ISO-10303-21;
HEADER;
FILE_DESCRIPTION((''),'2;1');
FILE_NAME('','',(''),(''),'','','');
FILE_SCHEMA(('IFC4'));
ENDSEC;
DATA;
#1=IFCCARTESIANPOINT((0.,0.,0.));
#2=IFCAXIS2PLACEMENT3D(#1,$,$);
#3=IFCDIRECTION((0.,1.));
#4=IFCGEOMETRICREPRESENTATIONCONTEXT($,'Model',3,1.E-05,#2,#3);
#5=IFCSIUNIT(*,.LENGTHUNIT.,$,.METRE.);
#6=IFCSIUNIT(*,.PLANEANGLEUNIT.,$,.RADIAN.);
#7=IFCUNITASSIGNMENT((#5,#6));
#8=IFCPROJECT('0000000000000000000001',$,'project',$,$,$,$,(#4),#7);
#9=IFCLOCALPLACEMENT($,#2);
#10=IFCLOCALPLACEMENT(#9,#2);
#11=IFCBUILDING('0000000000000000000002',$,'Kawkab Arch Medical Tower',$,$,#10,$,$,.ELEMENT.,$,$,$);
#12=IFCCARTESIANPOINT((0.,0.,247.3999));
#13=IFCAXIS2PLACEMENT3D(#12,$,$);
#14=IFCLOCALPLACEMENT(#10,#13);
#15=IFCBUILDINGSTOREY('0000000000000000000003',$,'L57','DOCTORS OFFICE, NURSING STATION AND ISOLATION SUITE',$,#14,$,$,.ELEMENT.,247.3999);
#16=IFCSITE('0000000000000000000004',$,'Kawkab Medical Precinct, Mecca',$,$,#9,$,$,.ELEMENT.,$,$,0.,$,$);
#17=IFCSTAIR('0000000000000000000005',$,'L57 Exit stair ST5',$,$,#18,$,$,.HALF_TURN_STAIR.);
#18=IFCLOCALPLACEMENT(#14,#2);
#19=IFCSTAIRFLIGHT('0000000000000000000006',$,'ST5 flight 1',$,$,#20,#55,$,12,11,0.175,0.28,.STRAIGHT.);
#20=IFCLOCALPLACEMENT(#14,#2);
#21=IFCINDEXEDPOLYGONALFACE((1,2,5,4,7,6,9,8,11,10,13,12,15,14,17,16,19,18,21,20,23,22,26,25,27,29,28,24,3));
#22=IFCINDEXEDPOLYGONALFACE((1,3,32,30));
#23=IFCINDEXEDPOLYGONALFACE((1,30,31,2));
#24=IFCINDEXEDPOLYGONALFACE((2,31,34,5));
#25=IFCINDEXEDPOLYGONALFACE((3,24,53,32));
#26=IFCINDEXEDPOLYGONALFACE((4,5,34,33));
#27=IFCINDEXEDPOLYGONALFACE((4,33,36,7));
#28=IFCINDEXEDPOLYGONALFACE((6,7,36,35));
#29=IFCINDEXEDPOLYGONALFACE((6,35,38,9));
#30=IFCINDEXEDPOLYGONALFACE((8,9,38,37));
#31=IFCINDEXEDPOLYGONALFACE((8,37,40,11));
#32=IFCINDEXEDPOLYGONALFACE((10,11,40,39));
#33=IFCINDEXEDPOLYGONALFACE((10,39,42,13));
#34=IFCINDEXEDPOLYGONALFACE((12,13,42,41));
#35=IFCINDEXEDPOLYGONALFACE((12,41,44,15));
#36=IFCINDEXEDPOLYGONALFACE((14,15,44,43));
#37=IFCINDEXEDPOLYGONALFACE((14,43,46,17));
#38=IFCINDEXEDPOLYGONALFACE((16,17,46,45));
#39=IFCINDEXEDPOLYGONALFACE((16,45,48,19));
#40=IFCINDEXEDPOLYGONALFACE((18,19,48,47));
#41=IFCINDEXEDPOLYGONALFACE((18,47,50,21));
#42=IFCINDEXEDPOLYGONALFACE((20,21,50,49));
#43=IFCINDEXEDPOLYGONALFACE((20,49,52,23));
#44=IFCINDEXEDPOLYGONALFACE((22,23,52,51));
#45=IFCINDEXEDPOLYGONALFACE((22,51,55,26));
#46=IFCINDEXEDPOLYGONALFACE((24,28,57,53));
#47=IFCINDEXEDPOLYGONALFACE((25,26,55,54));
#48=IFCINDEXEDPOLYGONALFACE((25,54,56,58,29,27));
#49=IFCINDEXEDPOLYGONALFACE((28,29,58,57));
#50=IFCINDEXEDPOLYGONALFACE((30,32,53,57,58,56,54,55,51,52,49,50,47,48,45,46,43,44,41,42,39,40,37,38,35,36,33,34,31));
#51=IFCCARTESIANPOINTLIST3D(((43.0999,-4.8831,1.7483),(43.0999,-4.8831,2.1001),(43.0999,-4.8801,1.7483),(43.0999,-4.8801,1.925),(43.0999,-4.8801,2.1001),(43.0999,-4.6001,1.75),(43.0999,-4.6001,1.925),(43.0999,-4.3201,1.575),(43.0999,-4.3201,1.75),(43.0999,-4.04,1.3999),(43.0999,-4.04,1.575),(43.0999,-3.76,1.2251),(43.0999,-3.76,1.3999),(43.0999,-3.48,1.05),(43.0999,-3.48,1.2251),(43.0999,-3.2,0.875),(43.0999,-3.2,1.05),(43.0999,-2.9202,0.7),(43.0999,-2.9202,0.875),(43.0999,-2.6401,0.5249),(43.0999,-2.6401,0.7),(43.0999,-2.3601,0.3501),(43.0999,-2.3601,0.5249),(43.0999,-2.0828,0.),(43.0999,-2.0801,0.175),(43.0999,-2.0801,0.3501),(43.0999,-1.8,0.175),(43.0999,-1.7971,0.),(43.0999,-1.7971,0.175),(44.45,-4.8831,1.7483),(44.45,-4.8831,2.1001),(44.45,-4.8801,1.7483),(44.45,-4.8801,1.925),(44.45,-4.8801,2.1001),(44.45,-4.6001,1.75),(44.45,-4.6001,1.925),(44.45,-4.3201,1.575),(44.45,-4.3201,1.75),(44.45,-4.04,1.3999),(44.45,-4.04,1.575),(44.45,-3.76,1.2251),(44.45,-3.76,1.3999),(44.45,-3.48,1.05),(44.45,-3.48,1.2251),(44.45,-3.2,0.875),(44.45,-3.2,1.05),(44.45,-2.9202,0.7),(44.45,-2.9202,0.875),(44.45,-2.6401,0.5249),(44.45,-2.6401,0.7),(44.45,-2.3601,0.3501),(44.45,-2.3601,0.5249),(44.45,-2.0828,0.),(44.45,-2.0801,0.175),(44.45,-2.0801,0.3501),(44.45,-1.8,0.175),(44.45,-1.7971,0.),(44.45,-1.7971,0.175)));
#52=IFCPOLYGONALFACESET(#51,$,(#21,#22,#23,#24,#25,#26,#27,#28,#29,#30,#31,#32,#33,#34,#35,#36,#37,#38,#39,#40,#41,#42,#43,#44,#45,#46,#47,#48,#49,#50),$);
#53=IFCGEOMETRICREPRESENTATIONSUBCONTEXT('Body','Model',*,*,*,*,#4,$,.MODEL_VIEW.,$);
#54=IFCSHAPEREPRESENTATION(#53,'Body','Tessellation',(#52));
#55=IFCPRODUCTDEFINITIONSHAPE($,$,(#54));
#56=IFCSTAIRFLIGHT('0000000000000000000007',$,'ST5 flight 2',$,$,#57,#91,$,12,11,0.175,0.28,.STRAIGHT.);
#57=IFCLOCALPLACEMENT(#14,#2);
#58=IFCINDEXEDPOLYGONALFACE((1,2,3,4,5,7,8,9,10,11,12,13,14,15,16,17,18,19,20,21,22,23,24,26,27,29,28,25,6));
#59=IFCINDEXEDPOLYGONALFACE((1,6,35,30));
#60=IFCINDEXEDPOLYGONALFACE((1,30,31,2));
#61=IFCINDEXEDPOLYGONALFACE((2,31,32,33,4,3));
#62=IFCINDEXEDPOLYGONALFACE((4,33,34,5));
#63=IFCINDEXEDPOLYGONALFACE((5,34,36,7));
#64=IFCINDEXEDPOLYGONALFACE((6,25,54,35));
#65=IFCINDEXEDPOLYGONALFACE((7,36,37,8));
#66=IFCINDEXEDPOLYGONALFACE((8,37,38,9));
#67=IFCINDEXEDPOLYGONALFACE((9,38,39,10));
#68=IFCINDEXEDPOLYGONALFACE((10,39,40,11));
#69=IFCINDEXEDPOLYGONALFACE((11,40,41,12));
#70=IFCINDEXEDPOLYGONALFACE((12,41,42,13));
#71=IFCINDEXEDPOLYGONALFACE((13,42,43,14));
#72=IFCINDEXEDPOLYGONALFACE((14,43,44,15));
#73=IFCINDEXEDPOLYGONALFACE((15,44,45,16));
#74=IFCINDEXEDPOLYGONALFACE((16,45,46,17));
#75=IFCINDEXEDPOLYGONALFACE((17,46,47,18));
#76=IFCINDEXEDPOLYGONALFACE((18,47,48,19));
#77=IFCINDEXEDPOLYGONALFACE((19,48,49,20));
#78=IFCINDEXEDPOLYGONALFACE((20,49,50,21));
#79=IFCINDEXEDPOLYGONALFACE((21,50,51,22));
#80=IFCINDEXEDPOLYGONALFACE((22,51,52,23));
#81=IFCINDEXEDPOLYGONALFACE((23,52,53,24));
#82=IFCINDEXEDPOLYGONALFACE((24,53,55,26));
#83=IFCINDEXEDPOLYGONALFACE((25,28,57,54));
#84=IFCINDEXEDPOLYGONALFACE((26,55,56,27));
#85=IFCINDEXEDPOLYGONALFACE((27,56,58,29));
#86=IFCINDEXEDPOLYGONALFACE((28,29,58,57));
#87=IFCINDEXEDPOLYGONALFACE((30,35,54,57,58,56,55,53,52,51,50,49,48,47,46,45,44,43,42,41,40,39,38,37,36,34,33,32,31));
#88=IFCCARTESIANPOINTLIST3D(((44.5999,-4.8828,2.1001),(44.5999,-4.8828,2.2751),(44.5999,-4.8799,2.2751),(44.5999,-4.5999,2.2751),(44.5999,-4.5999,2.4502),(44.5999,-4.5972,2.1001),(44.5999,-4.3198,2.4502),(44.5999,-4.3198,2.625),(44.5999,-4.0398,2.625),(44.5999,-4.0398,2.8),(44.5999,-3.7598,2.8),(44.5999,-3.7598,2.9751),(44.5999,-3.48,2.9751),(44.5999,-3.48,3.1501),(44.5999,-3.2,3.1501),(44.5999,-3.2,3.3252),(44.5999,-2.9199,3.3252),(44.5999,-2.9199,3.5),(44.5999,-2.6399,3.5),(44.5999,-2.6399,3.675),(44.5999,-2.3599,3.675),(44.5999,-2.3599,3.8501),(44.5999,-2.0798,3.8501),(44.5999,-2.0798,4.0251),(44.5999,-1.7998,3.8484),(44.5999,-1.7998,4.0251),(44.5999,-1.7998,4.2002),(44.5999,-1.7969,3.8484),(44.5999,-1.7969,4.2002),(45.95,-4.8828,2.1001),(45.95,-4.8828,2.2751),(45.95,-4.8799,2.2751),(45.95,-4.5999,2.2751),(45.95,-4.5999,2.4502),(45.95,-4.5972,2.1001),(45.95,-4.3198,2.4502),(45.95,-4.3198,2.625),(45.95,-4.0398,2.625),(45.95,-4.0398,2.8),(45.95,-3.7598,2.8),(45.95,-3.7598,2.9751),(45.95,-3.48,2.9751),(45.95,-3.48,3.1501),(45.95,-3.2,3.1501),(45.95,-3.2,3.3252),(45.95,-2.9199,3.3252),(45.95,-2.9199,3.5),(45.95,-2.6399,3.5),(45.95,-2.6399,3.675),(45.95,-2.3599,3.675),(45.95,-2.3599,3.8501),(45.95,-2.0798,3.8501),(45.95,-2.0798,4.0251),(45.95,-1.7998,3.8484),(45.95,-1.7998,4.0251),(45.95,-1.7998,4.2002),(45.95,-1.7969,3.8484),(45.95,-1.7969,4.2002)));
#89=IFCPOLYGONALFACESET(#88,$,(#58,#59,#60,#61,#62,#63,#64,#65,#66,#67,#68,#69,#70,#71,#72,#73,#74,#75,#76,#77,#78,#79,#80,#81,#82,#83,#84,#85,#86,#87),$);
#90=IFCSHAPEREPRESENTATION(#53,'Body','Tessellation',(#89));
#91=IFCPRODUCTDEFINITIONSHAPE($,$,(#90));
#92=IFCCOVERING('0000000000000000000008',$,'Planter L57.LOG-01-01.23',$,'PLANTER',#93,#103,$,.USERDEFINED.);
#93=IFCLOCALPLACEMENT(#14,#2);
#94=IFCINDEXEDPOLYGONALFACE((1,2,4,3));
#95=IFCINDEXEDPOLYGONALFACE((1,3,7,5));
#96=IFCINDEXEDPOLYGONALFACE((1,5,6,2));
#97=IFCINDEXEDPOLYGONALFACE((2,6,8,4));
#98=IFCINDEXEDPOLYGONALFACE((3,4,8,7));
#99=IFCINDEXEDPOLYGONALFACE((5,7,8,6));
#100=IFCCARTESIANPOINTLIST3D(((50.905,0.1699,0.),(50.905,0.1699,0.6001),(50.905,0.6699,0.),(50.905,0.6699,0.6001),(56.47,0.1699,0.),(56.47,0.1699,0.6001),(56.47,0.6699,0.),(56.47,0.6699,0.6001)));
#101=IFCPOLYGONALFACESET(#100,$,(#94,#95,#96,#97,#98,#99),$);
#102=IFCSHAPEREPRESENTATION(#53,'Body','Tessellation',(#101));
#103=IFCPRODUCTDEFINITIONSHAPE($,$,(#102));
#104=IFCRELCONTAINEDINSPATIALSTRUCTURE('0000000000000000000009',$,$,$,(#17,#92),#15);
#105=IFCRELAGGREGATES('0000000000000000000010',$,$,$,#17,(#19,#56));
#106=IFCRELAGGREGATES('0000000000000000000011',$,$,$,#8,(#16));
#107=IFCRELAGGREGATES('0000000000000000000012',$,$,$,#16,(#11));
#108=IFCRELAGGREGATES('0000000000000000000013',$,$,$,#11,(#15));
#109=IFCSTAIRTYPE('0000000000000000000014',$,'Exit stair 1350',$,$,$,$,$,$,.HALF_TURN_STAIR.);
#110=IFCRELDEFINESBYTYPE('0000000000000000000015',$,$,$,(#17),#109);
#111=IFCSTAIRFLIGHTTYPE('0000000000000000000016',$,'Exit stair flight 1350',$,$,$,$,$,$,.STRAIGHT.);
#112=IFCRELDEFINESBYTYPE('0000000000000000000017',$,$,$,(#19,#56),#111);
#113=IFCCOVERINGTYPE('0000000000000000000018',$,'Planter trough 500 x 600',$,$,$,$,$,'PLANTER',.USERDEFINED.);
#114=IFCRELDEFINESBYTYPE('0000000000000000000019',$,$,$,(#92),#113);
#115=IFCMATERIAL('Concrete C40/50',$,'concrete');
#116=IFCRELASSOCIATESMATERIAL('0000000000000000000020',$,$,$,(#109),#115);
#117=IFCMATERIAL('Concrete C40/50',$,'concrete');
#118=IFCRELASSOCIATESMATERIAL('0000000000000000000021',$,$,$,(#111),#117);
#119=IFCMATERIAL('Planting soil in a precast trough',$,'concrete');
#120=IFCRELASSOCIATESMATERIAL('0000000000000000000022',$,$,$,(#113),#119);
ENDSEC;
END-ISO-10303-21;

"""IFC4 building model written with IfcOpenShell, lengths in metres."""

from ifc_helpers import new_model, si_unit, direction, frame, origin, origin_2d, place, context, subcontext, project, spatial, polyline, rectangle, outline, extrude, material, material_profile, profile_set, type_object, element, aggregate, save


model = new_model("IFC4")

# Units and contexts
model_context = context("Model", 3, precision=1e-05, world=origin(), true_north=direction((0.0, 1.0)))
body_context = subcontext(model_context, "Body", "Model", "MODEL_VIEW")
ifc_project = project(units=[si_unit("LENGTHUNIT", "METRE"), si_unit("PLANEANGLEUNIT", "RADIAN")], contexts=[model_context])

# Site, building, storey
site_placement = place(None, origin())
site = spatial("IfcSite", under=ifc_project, at=site_placement, Name="Kawkab Medical Precinct, Mecca", CompositionType="ELEMENT", RefElevation=0.0)
building_placement = place(site_placement, origin())
building = spatial("IfcBuilding", under=site, at=building_placement, Name="Kawkab Arch Medical Tower", CompositionType="ELEMENT")
storey_placement = place(building_placement, frame((0.0, 0.0, 247.3999)))
storey = spatial("IfcBuildingStorey", under=building, at=storey_placement, Name="L57", Description="DOCTORS OFFICE, NURSING STATION AND ISOLATION SUITE", CompositionType="ELEMENT", Elevation=247.3999)

# Shared definitions
placement = place(storey_placement, origin())

# Stair, stair flights
ifc_material_1 = material(Name="Concrete C40/50", Category="concrete")
stair_type = type_object("IfcStairType", Name="Exit stair 1350", PredefinedType="HALF_TURN_STAIR", material=ifc_material_1)
stair = element("IfcStair", 1, at=placement, inside=storey, type_object=stair_type, Name="L57 Exit stair ST5", PredefinedType="HALF_TURN_STAIR")
ifc_material_2 = material(Name="Concrete C40/50", Category="concrete")
stair_flight_type = type_object("IfcStairFlightType", Name="Exit stair flight 1350", PredefinedType="STRAIGHT", material=ifc_material_2)
stair_flight_1_placement = place(storey_placement, frame((43.7749, -1.8, 0.0), z_axis=(0.0, 0.0, 1.0), x_axis=(0.0, -1.0, 0.0)))
stair_flight_1 = element("IfcStairFlight", 2, at=stair_flight_1_placement, type_object=stair_flight_type, Name="ST5 flight 1", NumberOfRisers=12, NumberOfTreads=11, PredefinedType="STRAIGHT", RiserHeight=0.175, TreadLength=0.28, context=body_context, shape_type="SweptSolid", body=[
    extrude(outline(polyline([(-0.0029, 0.0), (-0.0029, 0.175), (0.0, 0.175), (0.28, 0.175), (0.28, 0.3501), (0.5601, 0.3501), (0.5601, 0.5249), (0.8401, 0.5249), (0.8401, 0.7), (1.1201, 0.7), (1.1201, 0.875), (1.3999, 0.875), (1.3999, 1.05), (1.6799, 1.05), (1.6799, 1.2251), (1.96, 1.2251), (1.96, 1.3999), (2.24, 1.3999), (2.24, 1.575), (2.52, 1.575), (2.52, 1.75), (2.8, 1.75), (2.8, 1.925), (3.0801, 1.925), (3.0801, 2.1001), (3.083, 2.1001), (3.083, 1.7483), (3.0801, 1.7483), (0.2827, 0.0), (-0.0029, 0.0)])), frame((0.0, 0.675, 0.0), z_axis=(0.0, -1.0, 0.0), x_axis=(1.0, 0.0, 0.0)), (0.0, 0.0, 1.0), 1.3501),
])
stair_flight_2_placement = place(storey_placement, frame((45.2749, -4.8799, 2.1001), z_axis=(0.0, 0.0, 1.0), x_axis=(0.0, 1.0, 0.0)))
stair_flight_2 = element("IfcStairFlight", 3, at=stair_flight_2_placement, type_object=stair_flight_type, Name="ST5 flight 2", NumberOfRisers=12, NumberOfTreads=11, PredefinedType="STRAIGHT", RiserHeight=0.175, TreadLength=0.28, context=body_context, shape_type="SweptSolid", body=[
    extrude(outline(polyline([(-0.0029, 0.0), (-0.0029, 0.175), (0.0, 0.175), (0.28, 0.175), (0.28, 0.3501), (0.5601, 0.3501), (0.5601, 0.5249), (0.8401, 0.5249), (0.8401, 0.7), (1.1201, 0.7), (1.1201, 0.875), (1.3999, 0.875), (1.3999, 1.05), (1.6799, 1.05), (1.6799, 1.2251), (1.96, 1.2251), (1.96, 1.3999), (2.24, 1.3999), (2.24, 1.575), (2.52, 1.575), (2.52, 1.75), (2.8, 1.75), (2.8, 1.925), (3.0801, 1.925), (3.0801, 2.1001), (3.083, 2.1001), (3.083, 1.7483), (3.0801, 1.7483), (0.2827, 0.0), (-0.0029, 0.0)])), frame((0.0, 0.675, 0.0), z_axis=(0.0, -1.0, 0.0), x_axis=(1.0, 0.0, 0.0)), (0.0, 0.0, 1.0), 1.3501),
])
aggregate(stair, [stair_flight_1, stair_flight_2])

# Covering
ifc_material_3 = material(Name="Planting soil in a precast trough", Category="concrete")
ifc_material_profile_1 = material_profile(ifc_material_3, rectangle(XDim=0.5, YDim=0.6001, at=origin_2d()), Name="Trough 500x600")
ifc_profile_set_1 = profile_set([ifc_material_profile_1], Name="Planting soil in a precast trough")
covering_type = type_object("IfcCoveringType", Name="Planter trough 500 x 600", ElementType="PLANTER", PredefinedType="USERDEFINED", material=ifc_profile_set_1)
covering_placement = place(storey_placement, frame((50.905, 0.4199, 0.3), z_axis=(1.0, 0.0, 0.0), x_axis=(0.0, 1.0, 0.0)))
element("IfcCovering", 4, at=covering_placement, inside=storey, type_object=covering_type, Name="Planter L57.LOG-01-01.23", ObjectType="PLANTER", PredefinedType="USERDEFINED", context=body_context, shape_type="SweptSolid", body=[
    extrude(rectangle(XDim=0.5, YDim=0.6001, at=origin_2d()), origin(), (0.0, 0.0, 1.0), 5.5649),
])

save(model, "model.ifc")
